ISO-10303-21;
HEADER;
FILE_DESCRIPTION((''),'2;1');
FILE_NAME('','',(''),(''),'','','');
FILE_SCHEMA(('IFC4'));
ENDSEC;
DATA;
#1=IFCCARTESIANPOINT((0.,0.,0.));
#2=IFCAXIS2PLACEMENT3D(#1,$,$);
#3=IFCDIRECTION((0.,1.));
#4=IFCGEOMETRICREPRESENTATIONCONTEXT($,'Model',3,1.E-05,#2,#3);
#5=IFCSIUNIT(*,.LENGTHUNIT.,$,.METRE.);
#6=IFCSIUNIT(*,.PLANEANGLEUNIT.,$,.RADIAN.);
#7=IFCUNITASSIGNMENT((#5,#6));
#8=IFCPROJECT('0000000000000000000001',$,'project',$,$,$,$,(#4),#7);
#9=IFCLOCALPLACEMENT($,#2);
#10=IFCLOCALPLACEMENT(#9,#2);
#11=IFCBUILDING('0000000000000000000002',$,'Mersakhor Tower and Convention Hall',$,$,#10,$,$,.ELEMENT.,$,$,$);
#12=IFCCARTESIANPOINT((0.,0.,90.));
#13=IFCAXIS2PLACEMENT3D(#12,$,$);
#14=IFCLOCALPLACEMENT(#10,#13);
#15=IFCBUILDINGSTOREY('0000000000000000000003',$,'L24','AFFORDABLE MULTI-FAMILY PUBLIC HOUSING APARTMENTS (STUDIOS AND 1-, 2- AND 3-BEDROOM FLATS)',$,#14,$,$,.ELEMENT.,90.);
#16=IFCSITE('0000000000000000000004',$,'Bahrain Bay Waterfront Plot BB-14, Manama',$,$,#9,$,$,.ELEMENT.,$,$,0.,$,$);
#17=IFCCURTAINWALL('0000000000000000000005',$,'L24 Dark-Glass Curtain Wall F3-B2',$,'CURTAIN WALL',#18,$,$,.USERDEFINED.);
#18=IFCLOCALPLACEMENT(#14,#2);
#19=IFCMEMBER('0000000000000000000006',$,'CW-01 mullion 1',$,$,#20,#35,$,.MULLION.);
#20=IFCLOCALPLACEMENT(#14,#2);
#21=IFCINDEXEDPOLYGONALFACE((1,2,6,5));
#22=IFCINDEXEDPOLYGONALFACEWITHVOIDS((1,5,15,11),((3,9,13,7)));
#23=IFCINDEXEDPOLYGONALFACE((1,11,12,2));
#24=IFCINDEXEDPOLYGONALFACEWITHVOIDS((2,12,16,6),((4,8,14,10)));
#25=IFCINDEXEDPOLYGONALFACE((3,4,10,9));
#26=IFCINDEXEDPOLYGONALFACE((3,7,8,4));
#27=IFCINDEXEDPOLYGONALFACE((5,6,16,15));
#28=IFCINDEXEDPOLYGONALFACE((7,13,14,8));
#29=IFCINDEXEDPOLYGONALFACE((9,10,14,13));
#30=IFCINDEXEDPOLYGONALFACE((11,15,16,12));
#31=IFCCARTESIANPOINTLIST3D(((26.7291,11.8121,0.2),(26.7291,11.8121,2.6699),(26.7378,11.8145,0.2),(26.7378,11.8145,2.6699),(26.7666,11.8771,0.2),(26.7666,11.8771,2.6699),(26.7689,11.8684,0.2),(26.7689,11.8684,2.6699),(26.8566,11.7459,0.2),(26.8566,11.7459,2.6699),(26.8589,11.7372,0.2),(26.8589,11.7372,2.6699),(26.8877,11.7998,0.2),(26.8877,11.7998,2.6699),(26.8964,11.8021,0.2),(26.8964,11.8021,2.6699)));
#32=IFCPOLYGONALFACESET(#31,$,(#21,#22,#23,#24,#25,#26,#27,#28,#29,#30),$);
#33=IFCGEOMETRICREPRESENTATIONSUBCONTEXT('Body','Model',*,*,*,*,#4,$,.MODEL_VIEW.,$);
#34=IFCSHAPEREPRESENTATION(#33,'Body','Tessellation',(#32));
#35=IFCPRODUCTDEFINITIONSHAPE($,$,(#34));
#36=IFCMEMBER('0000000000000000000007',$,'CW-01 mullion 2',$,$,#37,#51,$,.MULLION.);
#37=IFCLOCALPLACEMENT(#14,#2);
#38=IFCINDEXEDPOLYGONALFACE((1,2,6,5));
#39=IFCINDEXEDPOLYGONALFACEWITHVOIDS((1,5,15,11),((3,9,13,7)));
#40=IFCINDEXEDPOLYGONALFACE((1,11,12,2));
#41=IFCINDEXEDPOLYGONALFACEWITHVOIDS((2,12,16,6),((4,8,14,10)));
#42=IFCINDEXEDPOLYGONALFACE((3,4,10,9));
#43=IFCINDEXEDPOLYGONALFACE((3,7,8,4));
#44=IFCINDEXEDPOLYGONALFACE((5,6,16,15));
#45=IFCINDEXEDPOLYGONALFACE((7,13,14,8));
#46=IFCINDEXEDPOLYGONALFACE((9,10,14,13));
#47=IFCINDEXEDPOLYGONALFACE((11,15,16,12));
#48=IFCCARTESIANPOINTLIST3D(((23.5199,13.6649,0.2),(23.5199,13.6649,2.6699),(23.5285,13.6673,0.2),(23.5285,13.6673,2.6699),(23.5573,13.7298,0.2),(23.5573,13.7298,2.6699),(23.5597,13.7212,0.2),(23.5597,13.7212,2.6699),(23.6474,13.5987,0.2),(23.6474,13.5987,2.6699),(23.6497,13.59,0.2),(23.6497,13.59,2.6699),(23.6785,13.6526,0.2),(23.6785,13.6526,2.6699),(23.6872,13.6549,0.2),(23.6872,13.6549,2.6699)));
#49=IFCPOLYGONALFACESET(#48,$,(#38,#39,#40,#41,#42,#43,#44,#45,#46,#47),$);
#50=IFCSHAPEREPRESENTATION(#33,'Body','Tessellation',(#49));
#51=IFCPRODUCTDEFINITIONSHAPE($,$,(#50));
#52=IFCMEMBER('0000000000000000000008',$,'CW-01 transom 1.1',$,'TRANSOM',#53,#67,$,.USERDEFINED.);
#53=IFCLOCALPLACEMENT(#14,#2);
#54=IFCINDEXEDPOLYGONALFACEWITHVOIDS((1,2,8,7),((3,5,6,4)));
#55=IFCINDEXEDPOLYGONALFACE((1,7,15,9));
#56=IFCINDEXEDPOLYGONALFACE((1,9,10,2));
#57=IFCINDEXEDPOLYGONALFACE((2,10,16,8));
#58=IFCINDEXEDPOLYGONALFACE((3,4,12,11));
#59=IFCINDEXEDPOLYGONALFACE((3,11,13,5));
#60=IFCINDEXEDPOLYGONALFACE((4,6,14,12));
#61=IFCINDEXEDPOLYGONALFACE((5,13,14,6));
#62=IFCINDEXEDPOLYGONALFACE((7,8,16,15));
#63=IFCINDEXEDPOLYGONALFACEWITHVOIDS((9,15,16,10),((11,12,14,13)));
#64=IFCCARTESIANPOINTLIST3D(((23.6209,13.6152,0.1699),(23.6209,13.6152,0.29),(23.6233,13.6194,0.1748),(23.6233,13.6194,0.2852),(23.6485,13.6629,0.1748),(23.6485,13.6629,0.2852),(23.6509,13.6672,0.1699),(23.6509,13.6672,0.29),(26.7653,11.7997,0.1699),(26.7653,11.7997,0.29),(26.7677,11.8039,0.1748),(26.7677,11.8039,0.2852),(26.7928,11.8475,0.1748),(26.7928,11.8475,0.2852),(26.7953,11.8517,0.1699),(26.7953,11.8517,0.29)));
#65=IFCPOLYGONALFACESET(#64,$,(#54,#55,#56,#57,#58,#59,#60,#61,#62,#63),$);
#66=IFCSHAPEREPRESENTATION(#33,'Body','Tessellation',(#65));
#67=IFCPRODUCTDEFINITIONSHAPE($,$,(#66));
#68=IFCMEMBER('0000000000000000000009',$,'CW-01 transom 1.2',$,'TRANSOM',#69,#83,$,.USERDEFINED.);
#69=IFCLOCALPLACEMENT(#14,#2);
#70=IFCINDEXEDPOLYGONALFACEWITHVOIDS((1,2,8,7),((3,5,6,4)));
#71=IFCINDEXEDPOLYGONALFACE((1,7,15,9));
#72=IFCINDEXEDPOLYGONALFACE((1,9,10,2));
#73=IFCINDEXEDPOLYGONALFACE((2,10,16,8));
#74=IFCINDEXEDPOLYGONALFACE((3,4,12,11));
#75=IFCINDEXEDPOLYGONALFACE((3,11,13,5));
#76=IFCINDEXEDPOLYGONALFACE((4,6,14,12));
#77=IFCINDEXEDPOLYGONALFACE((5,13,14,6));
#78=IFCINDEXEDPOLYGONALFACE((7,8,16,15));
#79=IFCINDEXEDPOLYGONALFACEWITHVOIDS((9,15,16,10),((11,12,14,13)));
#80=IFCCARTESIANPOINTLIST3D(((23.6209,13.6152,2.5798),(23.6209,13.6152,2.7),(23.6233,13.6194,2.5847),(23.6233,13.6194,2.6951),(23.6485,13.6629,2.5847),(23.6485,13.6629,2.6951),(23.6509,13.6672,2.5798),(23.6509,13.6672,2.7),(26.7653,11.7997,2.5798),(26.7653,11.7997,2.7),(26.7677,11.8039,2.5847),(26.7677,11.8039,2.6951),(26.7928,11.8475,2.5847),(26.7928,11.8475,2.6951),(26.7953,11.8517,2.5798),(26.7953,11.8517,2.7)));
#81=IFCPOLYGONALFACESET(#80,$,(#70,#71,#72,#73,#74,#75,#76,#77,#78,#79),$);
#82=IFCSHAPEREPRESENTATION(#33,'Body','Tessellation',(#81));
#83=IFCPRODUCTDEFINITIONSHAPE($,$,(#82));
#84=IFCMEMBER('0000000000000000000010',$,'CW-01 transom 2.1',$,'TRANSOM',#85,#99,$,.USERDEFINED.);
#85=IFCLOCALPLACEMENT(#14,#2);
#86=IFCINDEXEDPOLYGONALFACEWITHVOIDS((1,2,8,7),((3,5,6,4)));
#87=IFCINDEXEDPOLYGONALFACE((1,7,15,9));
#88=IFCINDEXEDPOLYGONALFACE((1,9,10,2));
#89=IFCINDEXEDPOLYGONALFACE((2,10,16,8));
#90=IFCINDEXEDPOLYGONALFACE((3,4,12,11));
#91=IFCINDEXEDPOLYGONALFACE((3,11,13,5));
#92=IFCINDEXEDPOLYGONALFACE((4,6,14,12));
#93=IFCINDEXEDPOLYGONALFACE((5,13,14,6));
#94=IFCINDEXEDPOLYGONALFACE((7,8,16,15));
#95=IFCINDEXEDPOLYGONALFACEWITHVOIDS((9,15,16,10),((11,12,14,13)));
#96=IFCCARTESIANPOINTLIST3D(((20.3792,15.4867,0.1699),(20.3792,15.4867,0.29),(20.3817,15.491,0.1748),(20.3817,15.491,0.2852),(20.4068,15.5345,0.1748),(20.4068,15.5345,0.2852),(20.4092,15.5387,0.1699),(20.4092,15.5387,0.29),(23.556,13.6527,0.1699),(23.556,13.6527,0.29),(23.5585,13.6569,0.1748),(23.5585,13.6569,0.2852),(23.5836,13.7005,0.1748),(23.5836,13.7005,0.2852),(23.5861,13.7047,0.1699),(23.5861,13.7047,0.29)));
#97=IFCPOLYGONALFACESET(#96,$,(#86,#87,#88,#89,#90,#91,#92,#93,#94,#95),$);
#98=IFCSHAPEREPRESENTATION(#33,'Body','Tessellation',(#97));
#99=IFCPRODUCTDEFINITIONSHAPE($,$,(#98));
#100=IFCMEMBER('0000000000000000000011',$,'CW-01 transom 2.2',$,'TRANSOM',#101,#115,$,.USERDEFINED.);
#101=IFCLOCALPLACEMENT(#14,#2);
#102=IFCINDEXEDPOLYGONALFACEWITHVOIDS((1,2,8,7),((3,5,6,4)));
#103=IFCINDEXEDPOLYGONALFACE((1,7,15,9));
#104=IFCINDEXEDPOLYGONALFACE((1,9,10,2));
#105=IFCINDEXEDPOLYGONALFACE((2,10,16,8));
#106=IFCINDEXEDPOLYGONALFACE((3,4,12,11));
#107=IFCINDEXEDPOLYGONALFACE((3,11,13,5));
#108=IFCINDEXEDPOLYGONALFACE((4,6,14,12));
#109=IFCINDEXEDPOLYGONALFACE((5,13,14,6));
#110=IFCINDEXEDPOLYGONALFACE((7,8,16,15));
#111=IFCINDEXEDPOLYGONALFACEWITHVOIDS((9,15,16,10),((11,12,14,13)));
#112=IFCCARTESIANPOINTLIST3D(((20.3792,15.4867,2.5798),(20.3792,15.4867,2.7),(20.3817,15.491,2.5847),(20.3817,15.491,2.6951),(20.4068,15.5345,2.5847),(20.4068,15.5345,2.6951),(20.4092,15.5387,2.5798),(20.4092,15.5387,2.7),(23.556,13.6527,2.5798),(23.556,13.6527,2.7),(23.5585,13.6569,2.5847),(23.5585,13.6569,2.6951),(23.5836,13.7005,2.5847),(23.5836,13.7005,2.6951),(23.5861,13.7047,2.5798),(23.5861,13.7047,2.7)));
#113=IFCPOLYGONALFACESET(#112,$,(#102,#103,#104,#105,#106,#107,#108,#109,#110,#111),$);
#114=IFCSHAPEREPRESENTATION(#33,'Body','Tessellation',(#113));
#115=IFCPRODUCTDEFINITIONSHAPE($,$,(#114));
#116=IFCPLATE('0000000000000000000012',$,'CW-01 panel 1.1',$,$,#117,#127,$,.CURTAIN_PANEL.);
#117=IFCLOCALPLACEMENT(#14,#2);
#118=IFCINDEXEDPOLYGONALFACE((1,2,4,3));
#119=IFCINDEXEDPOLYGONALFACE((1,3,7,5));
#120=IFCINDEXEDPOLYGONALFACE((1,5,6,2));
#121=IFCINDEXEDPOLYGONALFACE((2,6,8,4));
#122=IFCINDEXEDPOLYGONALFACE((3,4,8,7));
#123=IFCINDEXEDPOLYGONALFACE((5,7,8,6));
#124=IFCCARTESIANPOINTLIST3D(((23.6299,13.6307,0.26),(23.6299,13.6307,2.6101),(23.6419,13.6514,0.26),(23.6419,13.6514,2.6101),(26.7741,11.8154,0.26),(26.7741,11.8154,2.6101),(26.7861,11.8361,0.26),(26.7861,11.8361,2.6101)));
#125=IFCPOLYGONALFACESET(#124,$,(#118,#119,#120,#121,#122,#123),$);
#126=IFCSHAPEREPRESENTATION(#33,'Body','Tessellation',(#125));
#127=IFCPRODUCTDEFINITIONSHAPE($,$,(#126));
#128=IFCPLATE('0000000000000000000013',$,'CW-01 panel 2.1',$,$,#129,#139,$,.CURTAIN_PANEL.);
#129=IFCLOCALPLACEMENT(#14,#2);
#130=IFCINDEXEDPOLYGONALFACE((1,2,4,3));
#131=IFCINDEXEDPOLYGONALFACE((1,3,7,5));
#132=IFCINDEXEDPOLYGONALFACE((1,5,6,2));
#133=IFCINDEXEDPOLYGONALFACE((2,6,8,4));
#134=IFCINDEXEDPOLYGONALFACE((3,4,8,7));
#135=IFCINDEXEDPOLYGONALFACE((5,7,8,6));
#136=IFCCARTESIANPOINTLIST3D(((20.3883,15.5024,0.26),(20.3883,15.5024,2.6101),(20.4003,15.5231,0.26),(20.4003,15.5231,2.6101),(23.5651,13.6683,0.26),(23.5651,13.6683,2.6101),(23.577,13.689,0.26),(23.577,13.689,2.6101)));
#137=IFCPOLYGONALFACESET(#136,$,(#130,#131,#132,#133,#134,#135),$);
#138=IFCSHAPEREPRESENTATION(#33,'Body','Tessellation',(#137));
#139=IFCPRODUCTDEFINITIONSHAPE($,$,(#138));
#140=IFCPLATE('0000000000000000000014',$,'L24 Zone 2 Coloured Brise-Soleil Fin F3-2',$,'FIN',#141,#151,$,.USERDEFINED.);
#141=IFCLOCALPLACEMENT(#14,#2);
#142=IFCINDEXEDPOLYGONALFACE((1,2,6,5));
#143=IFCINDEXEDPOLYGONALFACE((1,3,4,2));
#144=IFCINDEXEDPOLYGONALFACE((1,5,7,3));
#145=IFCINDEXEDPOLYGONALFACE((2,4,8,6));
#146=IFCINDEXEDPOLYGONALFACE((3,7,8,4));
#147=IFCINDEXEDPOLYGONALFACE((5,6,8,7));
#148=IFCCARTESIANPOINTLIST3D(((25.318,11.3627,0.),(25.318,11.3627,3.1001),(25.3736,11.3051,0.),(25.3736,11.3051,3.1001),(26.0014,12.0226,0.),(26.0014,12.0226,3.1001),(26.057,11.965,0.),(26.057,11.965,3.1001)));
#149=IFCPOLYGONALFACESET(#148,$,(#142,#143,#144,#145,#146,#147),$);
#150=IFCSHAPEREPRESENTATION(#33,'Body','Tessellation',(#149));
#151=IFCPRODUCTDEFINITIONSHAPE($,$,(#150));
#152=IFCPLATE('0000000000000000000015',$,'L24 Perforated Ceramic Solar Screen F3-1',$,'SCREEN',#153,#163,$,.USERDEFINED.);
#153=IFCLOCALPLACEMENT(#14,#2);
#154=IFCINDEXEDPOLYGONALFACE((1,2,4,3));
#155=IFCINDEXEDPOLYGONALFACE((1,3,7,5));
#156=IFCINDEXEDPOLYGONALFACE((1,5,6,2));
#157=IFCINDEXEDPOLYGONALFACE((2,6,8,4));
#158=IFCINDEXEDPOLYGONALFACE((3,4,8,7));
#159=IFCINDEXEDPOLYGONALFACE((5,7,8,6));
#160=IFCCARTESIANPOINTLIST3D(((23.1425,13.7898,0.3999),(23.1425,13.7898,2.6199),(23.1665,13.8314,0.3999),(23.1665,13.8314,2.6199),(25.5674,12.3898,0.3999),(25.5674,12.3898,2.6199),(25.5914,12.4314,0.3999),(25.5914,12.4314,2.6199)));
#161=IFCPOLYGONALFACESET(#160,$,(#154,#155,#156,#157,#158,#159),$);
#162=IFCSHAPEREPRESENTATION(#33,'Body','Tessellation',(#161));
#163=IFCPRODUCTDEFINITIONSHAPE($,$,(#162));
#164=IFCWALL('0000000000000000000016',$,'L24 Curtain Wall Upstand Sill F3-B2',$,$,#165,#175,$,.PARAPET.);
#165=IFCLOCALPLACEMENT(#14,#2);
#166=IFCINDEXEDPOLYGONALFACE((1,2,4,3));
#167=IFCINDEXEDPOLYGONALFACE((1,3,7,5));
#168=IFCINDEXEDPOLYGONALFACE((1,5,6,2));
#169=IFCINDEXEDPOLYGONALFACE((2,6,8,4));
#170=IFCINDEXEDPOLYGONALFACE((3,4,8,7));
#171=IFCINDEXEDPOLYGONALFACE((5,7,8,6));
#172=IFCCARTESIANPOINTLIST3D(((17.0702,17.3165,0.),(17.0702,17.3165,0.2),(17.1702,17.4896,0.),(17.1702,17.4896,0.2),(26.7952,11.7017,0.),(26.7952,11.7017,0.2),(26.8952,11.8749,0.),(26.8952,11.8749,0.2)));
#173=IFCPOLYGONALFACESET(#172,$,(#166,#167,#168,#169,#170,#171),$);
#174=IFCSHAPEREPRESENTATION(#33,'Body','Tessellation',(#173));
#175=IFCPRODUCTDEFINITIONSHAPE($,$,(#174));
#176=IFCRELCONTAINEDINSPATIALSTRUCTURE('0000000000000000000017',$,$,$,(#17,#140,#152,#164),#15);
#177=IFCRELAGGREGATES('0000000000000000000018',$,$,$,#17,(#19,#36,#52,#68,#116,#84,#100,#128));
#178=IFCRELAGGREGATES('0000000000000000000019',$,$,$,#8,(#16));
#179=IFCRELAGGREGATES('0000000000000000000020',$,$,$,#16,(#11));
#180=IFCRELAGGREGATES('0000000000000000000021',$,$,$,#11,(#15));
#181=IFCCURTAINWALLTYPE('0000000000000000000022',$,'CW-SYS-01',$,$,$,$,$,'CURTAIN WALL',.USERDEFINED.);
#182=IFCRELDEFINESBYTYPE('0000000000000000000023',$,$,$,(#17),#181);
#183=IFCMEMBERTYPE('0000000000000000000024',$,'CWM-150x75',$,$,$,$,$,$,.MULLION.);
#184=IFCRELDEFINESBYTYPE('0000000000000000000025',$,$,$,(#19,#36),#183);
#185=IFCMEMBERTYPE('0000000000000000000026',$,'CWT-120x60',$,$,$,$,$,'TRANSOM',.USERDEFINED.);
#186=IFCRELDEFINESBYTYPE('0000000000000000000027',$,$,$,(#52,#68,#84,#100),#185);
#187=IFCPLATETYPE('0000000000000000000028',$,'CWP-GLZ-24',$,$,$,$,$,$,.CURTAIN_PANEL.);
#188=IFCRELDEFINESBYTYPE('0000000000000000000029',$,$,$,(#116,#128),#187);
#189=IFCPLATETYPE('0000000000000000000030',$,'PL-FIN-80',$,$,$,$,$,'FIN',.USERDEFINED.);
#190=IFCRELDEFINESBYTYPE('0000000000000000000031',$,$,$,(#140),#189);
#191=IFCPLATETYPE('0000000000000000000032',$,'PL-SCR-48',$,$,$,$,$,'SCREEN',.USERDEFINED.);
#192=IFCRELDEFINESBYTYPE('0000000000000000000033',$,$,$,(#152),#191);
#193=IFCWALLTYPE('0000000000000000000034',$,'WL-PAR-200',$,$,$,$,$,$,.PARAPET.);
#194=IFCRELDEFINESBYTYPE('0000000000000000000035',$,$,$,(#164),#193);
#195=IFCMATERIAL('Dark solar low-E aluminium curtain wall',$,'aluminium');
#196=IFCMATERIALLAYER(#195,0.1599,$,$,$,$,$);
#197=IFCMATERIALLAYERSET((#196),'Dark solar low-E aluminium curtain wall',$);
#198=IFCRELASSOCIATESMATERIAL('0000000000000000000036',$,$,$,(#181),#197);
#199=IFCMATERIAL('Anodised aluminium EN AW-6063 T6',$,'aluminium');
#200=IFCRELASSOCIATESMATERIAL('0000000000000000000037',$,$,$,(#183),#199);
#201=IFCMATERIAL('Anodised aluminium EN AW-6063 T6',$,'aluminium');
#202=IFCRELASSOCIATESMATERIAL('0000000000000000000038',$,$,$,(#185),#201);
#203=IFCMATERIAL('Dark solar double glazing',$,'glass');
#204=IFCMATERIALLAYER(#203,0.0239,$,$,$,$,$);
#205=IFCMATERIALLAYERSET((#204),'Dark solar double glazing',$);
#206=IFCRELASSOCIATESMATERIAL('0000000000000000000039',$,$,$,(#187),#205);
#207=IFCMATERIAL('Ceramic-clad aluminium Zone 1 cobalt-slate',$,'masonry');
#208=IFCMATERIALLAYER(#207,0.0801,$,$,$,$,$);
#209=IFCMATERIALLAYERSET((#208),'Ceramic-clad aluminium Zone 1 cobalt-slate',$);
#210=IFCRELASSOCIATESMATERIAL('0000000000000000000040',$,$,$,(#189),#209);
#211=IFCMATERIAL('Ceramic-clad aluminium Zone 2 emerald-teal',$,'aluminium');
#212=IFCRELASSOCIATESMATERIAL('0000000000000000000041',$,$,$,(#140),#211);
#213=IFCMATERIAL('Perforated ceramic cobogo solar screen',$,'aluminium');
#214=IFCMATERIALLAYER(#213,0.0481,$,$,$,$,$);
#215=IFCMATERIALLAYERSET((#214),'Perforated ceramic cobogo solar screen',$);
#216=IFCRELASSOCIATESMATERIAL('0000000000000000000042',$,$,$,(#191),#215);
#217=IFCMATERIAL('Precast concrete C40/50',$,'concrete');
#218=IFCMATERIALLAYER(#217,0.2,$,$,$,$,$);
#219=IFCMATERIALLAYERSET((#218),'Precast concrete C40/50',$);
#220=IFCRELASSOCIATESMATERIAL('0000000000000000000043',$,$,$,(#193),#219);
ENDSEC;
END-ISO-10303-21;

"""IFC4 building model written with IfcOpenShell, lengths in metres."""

from ifc_helpers import new_model, si_unit, direction, frame, frame_2d, origin, origin_2d, place, context, subcontext, project, spatial, rectangle, hollow_rectangle, extrude, material, layer, layer_set, material_profile, profile_set, type_object, element, aggregate, save


model = new_model("IFC4")

# Units and contexts
model_context = context("Model", 3, precision=1e-05, world=origin(), true_north=direction((0.0, 1.0)))
body_context = subcontext(model_context, "Body", "Model", "MODEL_VIEW")
ifc_project = project(units=[si_unit("LENGTHUNIT", "METRE"), si_unit("PLANEANGLEUNIT", "RADIAN")], contexts=[model_context])

# Site, building, storey
site_placement = place(None, origin())
site = spatial("IfcSite", under=ifc_project, at=site_placement, Name="Bahrain Bay Waterfront Plot BB-14, Manama", CompositionType="ELEMENT", RefElevation=0.0)
building_placement = place(site_placement, origin())
building = spatial("IfcBuilding", under=site, at=building_placement, Name="Mersakhor Tower and Convention Hall", CompositionType="ELEMENT")
storey_placement = place(building_placement, frame((0.0, 0.0, 90.0)))
storey = spatial("IfcBuildingStorey", under=building, at=storey_placement, Name="L24", Description="AFFORDABLE MULTI-FAMILY PUBLIC HOUSING APARTMENTS (STUDIOS AND 1-, 2- AND 3-BEDROOM FLATS)", CompositionType="ELEMENT", Elevation=90.0)

# Curtain wall, members, plates
ifc_material_1 = material(Name="Dark solar low-E aluminium curtain wall", Category="aluminium")
ifc_layer_1 = layer(ifc_material_1, 0.1599)
ifc_layer_set_1 = layer_set([ifc_layer_1], Name="Dark solar low-E aluminium curtain wall")
curtain_wall_type = type_object("IfcCurtainWallType", Name="CW-SYS-01", ElementType="CURTAIN WALL", PredefinedType="USERDEFINED", material=ifc_layer_set_1)
curtain_wall_placement = place(storey_placement, origin())
curtain_wall = element("IfcCurtainWall", 1, at=curtain_wall_placement, inside=storey, type_object=curtain_wall_type, Name="L24 Dark-Glass Curtain Wall F3-B2", ObjectType="CURTAIN WALL", PredefinedType="USERDEFINED")
ifc_material_2 = material(Name="Anodised aluminium EN AW-6063 T6", Category="aluminium")
ifc_material_profile_1 = material_profile(ifc_material_2, hollow_rectangle(XDim=0.075, YDim=0.1499, WallThickness=0.0063, at=origin_2d()), Name="RHS 150x75x6.3")
ifc_profile_set_1 = profile_set([ifc_material_profile_1], Name="Anodised aluminium EN AW-6063 T6")
member_type_1 = type_object("IfcMemberType", Name="CWM-150x75", PredefinedType="MULLION", material=ifc_profile_set_1)
member_1_placement = place(storey_placement, frame((26.8127, 11.8071, 0.2), z_axis=(0.0, 0.0, 1.0), x_axis=(-0.499998, -0.866027, 0.0)))
member_1 = element("IfcMember", 2, at=member_1_placement, type_object=member_type_1, Name="CW-01 mullion 1", PredefinedType="MULLION", context=body_context, shape_type="SweptSolid", body=[
    extrude(hollow_rectangle(XDim=0.075, YDim=0.1499, WallThickness=0.0063, at=origin_2d()), origin(), (0.0, 0.0, 1.0), 2.47),
])
member_2_placement = place(storey_placement, frame((23.6035, 13.6599, 0.2), z_axis=(0.0, 0.0, 1.0), x_axis=(-0.499998, -0.866027, 0.0)))
member_2 = element("IfcMember", 3, at=member_2_placement, type_object=member_type_1, Name="CW-01 mullion 2", PredefinedType="MULLION", context=body_context, shape_type="SweptSolid", body=[
    extrude(hollow_rectangle(XDim=0.075, YDim=0.1499, WallThickness=0.0063, at=origin_2d()), origin(), (0.0, 0.0, 1.0), 2.47),
])
ifc_material_3 = material(Name="Anodised aluminium EN AW-6063 T6", Category="aluminium")
ifc_material_profile_2 = material_profile(ifc_material_3, hollow_rectangle(XDim=0.0601, YDim=0.1201, WallThickness=0.0049, at=origin_2d()), Name="RHS 120x60x5")
ifc_profile_set_2 = profile_set([ifc_material_profile_2], Name="Anodised aluminium EN AW-6063 T6")
member_type_2 = type_object("IfcMemberType", Name="CWT-120x60", ElementType="TRANSOM", PredefinedType="USERDEFINED", material=ifc_profile_set_2)
member_3_placement = place(storey_placement, frame((26.7803, 11.8257, 0.23), z_axis=(-0.866016, 0.500015, 0.0), x_axis=(-0.500015, -0.866016, 0.0)))
member_3 = element("IfcMember", 4, at=member_3_placement, type_object=member_type_2, Name="CW-01 transom 1.1", ObjectType="TRANSOM", PredefinedType="USERDEFINED", context=body_context, shape_type="SweptSolid", body=[
    extrude(hollow_rectangle(XDim=0.0601, YDim=0.1201, WallThickness=0.0049, at=origin_2d()), origin(), (0.0, 0.0, 1.0), 3.6309),
])
member_4_placement = place(storey_placement, frame((26.7803, 11.8257, 2.6399), z_axis=(-0.866016, 0.500015, 0.0), x_axis=(-0.500015, -0.866016, 0.0)))
member_4 = element("IfcMember", 5, at=member_4_placement, type_object=member_type_2, Name="CW-01 transom 1.2", ObjectType="TRANSOM", PredefinedType="USERDEFINED", context=body_context, shape_type="SweptSolid", body=[
    extrude(hollow_rectangle(XDim=0.0601, YDim=0.1201, WallThickness=0.0049, at=origin_2d()), origin(), (0.0, 0.0, 1.0), 3.6309),
])
member_5_placement = place(storey_placement, frame((23.571, 13.6787, 0.23), z_axis=(-0.866039, 0.499976, 0.0), x_axis=(-0.499976, -0.866039, 0.0)))
member_5 = element("IfcMember", 6, at=member_5_placement, type_object=member_type_2, Name="CW-01 transom 2.1", ObjectType="TRANSOM", PredefinedType="USERDEFINED", context=body_context, shape_type="SweptSolid", body=[
    extrude(hollow_rectangle(XDim=0.0601, YDim=0.1201, WallThickness=0.0049, at=origin_2d()), origin(), (0.0, 0.0, 1.0), 3.6682),
])
member_6_placement = place(storey_placement, frame((23.571, 13.6787, 2.6399), z_axis=(-0.866039, 0.499976, 0.0), x_axis=(-0.499976, -0.866039, 0.0)))
member_6 = element("IfcMember", 7, at=member_6_placement, type_object=member_type_2, Name="CW-01 transom 2.2", ObjectType="TRANSOM", PredefinedType="USERDEFINED", context=body_context, shape_type="SweptSolid", body=[
    extrude(hollow_rectangle(XDim=0.0601, YDim=0.1201, WallThickness=0.0049, at=origin_2d()), origin(), (0.0, 0.0, 1.0), 3.6682),
])
ifc_material_4 = material(Name="Dark solar double glazing", Category="glass")
ifc_layer_2 = layer(ifc_material_4, 0.0239)
ifc_layer_set_2 = layer_set([ifc_layer_2], Name="Dark solar double glazing")
plate_type_1 = type_object("IfcPlateType", Name="CWP-GLZ-24", PredefinedType="CURTAIN_PANEL", material=ifc_layer_set_2)
plate_1_placement = place(storey_placement, frame((25.208, 12.7334, 0.26), z_axis=(0.0, 0.0, 1.0), x_axis=(-0.866027, 0.499998, 0.0)))
plate_1 = element("IfcPlate", 8, at=plate_1_placement, type_object=plate_type_1, Name="CW-01 panel 1.1", PredefinedType="CURTAIN_PANEL", context=body_context, shape_type="SweptSolid", body=[
    extrude(rectangle(XDim=3.6306, YDim=0.0239, at=origin_2d()), origin(), (0.0, 0.0, 1.0), 2.3501),
])
plate_2_placement = place(storey_placement, frame((21.9827, 14.5957, 0.26), z_axis=(0.0, 0.0, 1.0), x_axis=(-0.866027, 0.499998, 0.0)))
plate_2 = element("IfcPlate", 9, at=plate_2_placement, type_object=plate_type_1, Name="CW-01 panel 2.1", PredefinedType="CURTAIN_PANEL", context=body_context, shape_type="SweptSolid", body=[
    extrude(rectangle(XDim=3.6682, YDim=0.0239, at=origin_2d()), origin(), (0.0, 0.0, 1.0), 2.3501),
])
aggregate(curtain_wall, [member_1, member_2, member_3, member_4, plate_1, member_5, member_6, plate_2])

# Plates
ifc_material_5 = material(Name="Ceramic-clad aluminium Zone 2 emerald-teal", Category="aluminium")
ifc_material_6 = material(Name="Ceramic-clad aluminium Zone 1 cobalt-slate", Category="masonry")
ifc_layer_3 = layer(ifc_material_6, 0.0801)
ifc_layer_set_3 = layer_set([ifc_layer_3], Name="Ceramic-clad aluminium Zone 1 cobalt-slate")
plate_type_2 = type_object("IfcPlateType", Name="PL-FIN-80", ElementType="FIN", PredefinedType="USERDEFINED", material=ifc_layer_set_3)
plate_3_placement = place(storey_placement, frame((25.6875, 11.6638, 0.0), z_axis=(0.0, 0.0, 1.0), x_axis=(-0.71934, -0.694658, 0.0)))
element("IfcPlate", 10, at=plate_3_placement, inside=storey, type_object=plate_type_2, material=ifc_material_5, Name="L24 Zone 2 Coloured Brise-Soleil Fin F3-2", ObjectType="FIN", PredefinedType="USERDEFINED", context=body_context, shape_type="SweptSolid", body=[
    extrude(rectangle(XDim=0.95, YDim=0.0801, at=origin_2d()), origin(), (0.0, 0.0, 1.0), 3.1001),
])
ifc_material_7 = material(Name="Perforated ceramic cobogo solar screen", Category="aluminium")
ifc_layer_4 = layer(ifc_material_7, 0.0481)
ifc_layer_set_4 = layer_set([ifc_layer_4], Name="Perforated ceramic cobogo solar screen")
plate_type_3 = type_object("IfcPlateType", Name="PL-SCR-48", ElementType="SCREEN", PredefinedType="USERDEFINED", material=ifc_layer_set_4)
plate_4_placement = place(storey_placement, frame((24.3669, 13.1106, 0.3999), z_axis=(0.0, 0.0, 1.0), x_axis=(-0.866025, 0.5, 0.0)))
element("IfcPlate", 11, at=plate_4_placement, inside=storey, type_object=plate_type_3, Name="L24 Perforated Ceramic Solar Screen F3-1", ObjectType="SCREEN", PredefinedType="USERDEFINED", context=body_context, shape_type="SweptSolid", body=[
    extrude(rectangle(XDim=2.8, YDim=0.0481, at=origin_2d()), origin(), (0.0, 0.0, 1.0), 2.22),
])

# Wall
ifc_material_8 = material(Name="Precast concrete C40/50", Category="concrete")
ifc_layer_5 = layer(ifc_material_8, 0.2)
ifc_layer_set_5 = layer_set([ifc_layer_5], Name="Precast concrete C40/50")
wall_type_1 = type_object("IfcWallType", Name="WL-PAR-200", PredefinedType="PARAPET", material=ifc_layer_set_5)
wall_1_placement = place(storey_placement, frame((26.8452, 11.7883, 0.0), z_axis=(0.0, 0.0, 1.0), x_axis=(-0.866027, 0.499997, 0.0)))
element("IfcWall", 12, at=wall_1_placement, inside=storey, type_object=wall_type_1, Name="L24 Curtain Wall Upstand Sill F3-B2", PredefinedType="PARAPET", context=body_context, shape_type="SweptSolid", body=[
    extrude(rectangle(XDim=11.2295, YDim=0.2, at=frame_2d((5.6147, 0.0))), origin(), (0.0, 0.0, 1.0), 0.2),
])

save(model, "model.ifc")
